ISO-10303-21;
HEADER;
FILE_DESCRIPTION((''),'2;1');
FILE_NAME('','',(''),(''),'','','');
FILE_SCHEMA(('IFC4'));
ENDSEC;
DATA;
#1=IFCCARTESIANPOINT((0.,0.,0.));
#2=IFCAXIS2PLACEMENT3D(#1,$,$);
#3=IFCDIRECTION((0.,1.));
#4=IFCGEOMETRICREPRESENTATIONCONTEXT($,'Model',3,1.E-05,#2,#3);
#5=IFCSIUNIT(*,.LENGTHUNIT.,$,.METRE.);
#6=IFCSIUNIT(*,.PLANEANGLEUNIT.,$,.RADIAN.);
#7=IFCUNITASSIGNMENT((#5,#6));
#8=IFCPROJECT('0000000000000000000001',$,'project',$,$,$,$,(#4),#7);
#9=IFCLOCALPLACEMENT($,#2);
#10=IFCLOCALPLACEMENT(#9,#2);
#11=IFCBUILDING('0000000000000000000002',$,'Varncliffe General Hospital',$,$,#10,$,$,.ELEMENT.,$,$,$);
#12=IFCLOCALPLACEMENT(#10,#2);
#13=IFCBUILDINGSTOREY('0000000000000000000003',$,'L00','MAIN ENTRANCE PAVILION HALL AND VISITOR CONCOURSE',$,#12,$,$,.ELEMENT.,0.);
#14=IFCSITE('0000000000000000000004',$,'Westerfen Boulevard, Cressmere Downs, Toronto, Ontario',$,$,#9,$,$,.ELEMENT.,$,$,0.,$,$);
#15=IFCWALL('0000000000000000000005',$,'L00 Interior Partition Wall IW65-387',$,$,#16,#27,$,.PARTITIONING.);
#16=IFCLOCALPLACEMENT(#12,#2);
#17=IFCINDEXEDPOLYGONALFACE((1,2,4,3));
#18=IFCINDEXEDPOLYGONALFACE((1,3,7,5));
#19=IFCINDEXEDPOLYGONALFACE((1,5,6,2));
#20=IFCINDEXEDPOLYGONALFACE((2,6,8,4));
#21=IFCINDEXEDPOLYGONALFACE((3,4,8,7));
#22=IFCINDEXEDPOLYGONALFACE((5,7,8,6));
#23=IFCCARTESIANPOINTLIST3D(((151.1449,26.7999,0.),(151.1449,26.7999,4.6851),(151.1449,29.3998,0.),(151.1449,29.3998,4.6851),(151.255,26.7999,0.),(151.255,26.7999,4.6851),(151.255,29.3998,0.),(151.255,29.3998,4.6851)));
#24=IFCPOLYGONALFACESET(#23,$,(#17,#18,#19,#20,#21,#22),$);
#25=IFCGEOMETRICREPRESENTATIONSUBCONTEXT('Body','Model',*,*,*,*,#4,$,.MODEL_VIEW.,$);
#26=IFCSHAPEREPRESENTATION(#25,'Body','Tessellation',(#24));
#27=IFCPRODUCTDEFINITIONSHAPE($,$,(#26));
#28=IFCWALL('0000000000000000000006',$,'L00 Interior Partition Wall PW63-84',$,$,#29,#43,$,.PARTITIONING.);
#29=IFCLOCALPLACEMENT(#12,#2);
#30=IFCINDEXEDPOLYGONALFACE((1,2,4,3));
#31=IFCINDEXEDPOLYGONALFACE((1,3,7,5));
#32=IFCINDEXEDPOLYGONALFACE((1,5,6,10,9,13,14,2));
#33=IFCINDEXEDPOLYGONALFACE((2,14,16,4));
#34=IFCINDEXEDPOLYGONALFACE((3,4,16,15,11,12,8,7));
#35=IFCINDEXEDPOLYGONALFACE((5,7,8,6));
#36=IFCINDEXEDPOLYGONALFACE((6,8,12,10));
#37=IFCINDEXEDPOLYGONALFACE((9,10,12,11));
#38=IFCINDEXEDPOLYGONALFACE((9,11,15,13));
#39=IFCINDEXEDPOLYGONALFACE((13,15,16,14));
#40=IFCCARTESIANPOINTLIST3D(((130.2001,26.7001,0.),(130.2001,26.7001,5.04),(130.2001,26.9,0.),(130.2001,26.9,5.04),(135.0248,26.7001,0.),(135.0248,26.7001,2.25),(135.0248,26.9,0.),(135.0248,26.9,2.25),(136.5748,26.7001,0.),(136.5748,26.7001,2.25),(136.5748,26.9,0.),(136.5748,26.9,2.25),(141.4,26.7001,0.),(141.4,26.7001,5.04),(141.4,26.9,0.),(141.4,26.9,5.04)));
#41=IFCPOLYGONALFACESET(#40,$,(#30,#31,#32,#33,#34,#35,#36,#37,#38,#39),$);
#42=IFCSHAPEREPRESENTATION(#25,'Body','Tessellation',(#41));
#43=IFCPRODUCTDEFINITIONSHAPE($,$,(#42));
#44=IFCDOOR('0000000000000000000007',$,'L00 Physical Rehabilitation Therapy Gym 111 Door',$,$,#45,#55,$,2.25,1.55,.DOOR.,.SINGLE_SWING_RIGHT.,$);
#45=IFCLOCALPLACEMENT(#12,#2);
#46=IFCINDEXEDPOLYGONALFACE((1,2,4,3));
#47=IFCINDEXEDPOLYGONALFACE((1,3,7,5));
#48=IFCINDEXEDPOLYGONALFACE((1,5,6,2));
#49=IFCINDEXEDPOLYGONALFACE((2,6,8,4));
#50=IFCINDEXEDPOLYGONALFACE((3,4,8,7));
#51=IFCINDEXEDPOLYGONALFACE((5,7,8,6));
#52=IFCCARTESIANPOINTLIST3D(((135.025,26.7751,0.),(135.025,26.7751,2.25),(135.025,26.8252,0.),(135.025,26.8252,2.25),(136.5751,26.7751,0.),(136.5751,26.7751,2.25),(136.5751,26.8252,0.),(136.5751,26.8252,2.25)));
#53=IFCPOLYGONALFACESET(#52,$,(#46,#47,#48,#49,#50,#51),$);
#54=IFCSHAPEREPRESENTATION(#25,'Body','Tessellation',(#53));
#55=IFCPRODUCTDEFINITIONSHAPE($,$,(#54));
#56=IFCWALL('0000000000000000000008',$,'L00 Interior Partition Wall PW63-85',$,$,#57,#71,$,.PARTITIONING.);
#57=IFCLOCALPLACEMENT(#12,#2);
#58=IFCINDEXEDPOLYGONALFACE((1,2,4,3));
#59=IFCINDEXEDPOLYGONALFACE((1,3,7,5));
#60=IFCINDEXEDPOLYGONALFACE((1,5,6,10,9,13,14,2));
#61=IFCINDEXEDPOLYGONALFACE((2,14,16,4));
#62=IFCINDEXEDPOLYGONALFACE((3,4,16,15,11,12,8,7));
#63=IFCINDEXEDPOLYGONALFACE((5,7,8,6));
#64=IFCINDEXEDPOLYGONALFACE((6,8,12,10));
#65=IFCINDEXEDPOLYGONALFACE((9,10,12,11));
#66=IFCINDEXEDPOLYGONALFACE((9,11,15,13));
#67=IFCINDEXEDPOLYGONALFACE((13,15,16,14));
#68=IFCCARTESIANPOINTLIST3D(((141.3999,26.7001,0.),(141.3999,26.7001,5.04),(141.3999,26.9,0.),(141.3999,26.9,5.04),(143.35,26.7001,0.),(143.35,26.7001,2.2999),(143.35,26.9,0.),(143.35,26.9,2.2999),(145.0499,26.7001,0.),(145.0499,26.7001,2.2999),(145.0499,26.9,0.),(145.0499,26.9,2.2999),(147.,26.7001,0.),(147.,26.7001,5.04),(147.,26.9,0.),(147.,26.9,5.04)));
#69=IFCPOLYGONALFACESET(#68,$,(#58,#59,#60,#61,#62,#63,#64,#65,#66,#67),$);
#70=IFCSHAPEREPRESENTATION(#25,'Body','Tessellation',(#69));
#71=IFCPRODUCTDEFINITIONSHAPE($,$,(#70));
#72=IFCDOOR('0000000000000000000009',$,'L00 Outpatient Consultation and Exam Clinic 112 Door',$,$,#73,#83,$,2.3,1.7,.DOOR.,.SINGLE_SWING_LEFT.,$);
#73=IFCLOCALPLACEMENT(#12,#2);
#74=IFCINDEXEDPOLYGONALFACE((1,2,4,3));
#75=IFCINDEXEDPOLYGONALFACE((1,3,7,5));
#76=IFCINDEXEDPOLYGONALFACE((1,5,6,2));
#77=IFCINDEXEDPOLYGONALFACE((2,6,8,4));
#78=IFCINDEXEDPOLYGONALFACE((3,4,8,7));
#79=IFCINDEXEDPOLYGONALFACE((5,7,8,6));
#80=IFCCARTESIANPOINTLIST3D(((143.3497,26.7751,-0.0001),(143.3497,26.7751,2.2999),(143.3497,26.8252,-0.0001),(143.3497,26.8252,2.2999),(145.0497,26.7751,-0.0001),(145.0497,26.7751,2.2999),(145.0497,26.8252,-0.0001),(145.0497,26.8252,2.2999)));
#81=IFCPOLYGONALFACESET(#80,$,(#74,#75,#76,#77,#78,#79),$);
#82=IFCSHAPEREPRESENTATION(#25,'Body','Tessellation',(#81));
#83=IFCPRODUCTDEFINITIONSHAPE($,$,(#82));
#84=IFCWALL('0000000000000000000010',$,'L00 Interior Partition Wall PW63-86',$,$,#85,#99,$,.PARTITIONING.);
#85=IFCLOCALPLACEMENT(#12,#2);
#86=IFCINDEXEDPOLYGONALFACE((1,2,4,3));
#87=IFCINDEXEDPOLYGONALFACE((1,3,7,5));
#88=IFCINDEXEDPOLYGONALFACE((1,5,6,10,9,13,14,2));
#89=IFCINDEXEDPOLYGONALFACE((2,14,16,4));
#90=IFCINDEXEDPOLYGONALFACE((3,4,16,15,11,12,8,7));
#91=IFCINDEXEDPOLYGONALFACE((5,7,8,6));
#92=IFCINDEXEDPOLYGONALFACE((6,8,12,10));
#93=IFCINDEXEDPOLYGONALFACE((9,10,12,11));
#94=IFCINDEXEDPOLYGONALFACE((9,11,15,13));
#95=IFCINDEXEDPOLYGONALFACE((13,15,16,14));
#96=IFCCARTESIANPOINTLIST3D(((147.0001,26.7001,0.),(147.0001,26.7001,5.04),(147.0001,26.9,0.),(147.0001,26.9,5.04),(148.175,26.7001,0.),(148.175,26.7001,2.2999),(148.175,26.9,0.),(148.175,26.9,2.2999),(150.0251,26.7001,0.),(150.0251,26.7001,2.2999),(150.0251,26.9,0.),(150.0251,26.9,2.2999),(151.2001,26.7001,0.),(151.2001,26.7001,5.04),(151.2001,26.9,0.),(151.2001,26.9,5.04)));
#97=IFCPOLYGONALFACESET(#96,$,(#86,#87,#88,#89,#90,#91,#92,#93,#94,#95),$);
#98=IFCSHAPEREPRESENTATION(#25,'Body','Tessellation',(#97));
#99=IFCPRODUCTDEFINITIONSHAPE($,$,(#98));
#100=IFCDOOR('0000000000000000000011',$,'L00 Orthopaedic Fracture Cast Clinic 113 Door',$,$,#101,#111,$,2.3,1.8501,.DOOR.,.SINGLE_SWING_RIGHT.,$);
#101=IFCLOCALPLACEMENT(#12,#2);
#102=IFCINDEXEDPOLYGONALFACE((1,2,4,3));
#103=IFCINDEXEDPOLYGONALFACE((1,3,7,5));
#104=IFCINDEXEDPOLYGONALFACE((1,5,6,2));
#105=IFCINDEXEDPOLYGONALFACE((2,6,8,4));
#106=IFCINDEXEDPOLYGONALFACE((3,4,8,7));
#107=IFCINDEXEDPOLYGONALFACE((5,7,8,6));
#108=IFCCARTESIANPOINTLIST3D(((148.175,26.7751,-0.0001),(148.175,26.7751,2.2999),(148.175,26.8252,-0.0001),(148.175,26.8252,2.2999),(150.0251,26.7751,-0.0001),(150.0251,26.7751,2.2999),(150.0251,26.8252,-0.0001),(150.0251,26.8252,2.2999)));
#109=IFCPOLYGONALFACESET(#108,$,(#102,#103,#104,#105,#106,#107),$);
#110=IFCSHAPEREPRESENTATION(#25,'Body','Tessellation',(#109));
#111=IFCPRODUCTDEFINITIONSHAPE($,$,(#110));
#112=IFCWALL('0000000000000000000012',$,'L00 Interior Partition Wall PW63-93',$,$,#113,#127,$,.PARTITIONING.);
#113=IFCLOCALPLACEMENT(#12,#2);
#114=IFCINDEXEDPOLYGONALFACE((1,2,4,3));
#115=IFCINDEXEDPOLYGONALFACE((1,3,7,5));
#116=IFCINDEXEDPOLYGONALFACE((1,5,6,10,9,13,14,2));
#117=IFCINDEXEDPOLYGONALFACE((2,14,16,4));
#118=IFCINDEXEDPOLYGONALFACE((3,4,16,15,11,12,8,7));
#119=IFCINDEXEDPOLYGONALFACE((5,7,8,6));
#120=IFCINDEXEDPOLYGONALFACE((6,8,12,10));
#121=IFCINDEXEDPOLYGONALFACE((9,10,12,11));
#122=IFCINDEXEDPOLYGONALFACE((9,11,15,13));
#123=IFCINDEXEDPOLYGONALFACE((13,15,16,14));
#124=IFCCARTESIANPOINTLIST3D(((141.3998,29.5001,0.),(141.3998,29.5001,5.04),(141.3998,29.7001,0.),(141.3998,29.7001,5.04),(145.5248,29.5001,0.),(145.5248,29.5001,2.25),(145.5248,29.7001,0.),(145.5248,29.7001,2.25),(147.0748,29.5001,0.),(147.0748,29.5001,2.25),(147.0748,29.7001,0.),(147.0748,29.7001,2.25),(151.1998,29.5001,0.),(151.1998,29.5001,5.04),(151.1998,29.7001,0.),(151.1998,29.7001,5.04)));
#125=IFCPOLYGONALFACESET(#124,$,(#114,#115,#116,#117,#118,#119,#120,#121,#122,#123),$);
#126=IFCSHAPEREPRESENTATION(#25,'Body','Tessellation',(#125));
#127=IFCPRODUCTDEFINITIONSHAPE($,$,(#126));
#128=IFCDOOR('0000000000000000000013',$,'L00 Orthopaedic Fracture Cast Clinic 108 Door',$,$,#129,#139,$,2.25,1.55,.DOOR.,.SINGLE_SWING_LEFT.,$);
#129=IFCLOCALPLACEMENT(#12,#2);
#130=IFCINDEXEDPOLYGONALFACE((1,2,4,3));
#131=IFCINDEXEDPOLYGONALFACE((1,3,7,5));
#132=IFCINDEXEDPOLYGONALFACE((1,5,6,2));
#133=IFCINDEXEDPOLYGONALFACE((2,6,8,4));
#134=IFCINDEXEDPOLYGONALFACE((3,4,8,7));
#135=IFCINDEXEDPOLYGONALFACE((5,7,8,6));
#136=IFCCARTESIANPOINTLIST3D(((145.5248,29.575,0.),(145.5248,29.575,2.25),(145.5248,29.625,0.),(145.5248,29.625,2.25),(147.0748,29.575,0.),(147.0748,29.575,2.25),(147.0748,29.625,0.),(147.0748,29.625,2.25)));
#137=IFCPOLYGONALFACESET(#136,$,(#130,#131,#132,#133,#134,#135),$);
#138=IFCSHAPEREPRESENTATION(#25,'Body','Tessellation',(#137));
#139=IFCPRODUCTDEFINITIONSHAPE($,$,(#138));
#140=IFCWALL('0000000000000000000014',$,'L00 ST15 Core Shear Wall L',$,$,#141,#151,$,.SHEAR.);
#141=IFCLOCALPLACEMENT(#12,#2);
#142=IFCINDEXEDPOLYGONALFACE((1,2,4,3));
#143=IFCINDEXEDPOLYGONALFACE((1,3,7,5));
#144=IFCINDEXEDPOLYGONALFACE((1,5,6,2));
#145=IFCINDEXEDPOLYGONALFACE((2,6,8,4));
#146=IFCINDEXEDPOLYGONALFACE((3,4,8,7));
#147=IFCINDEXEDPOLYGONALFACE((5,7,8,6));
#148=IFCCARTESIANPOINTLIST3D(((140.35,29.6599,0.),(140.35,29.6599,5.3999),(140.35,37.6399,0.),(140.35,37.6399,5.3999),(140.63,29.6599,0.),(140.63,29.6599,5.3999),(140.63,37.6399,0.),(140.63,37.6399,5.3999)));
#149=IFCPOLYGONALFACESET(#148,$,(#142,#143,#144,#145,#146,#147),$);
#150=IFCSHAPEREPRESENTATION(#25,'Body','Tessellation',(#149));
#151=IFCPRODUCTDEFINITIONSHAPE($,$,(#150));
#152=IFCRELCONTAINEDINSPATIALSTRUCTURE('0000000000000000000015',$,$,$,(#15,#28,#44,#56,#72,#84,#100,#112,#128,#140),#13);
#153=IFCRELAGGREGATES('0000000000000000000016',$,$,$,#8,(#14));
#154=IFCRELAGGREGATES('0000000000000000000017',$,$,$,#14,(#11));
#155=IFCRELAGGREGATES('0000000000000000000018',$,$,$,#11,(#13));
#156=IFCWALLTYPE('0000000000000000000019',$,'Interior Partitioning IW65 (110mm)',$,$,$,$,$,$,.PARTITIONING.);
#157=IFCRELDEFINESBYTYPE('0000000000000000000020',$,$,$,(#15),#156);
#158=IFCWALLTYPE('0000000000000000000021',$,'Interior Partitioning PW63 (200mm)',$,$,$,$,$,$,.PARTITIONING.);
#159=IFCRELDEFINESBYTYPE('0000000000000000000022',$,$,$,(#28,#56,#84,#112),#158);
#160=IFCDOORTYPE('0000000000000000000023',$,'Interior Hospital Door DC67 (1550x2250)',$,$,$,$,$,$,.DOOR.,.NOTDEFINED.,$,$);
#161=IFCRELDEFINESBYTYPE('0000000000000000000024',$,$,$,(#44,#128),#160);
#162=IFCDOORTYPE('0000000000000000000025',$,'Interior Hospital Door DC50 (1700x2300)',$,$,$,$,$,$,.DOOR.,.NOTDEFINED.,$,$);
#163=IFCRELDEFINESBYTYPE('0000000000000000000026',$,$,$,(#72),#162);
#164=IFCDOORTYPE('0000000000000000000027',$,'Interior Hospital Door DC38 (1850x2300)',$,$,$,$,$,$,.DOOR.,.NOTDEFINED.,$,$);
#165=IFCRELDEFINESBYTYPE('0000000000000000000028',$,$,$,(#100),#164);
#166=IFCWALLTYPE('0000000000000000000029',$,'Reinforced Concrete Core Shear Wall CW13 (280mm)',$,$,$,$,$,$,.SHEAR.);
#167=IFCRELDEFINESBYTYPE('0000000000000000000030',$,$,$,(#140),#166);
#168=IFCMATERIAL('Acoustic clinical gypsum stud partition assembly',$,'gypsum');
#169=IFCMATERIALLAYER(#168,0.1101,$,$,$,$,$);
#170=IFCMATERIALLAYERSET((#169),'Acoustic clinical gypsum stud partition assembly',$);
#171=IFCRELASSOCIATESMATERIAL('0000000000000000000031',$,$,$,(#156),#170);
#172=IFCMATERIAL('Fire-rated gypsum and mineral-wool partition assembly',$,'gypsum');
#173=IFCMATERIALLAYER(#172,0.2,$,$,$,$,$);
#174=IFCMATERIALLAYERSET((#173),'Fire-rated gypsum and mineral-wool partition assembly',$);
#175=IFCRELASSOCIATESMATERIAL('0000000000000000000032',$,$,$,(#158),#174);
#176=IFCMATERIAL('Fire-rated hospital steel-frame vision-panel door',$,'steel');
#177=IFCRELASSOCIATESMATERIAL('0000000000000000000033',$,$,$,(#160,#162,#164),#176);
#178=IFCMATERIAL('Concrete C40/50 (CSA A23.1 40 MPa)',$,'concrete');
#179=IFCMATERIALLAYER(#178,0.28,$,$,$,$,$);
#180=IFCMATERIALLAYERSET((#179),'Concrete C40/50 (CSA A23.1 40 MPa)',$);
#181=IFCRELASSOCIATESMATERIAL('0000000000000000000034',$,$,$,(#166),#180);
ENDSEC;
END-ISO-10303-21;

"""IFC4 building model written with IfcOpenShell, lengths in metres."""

from ifc_helpers import new_model, si_unit, direction, frame, frame_2d, origin, place, context, subcontext, project, spatial, rectangle, extrude, material, layer, layer_set, type_object, element, fill, save


model = new_model("IFC4")

# Units and contexts
model_context = context("Model", 3, precision=1e-05, world=origin(), true_north=direction((0.0, 1.0)))
body_context = subcontext(model_context, "Body", "Model", "MODEL_VIEW")
ifc_project = project(units=[si_unit("LENGTHUNIT", "METRE"), si_unit("PLANEANGLEUNIT", "RADIAN")], contexts=[model_context])

# Site, building, storey
site_placement = place(None, origin())
site = spatial("IfcSite", under=ifc_project, at=site_placement, Name="Westerfen Boulevard, Cressmere Downs, Toronto, Ontario", CompositionType="ELEMENT", RefElevation=0.0)
building_placement = place(site_placement, origin())
building = spatial("IfcBuilding", under=site, at=building_placement, Name="Varncliffe General Hospital", CompositionType="ELEMENT")
storey_placement = place(building_placement, origin())
storey = spatial("IfcBuildingStorey", under=building, at=storey_placement, Name="L00", Description="MAIN ENTRANCE PAVILION HALL AND VISITOR CONCOURSE", CompositionType="ELEMENT", Elevation=0.0)

# Shared definitions
ifc_material_1 = material(Name="Concrete C40/50 (CSA A23.1 40 MPa)", Category="concrete")

# Wall
ifc_material_2 = material(Name="Acoustic clinical gypsum stud partition assembly", Category="gypsum")
ifc_layer_1 = layer(ifc_material_2, 0.1101)
ifc_layer_set_1 = layer_set([ifc_layer_1], Name="Acoustic clinical gypsum stud partition assembly")
wall_type_1 = type_object("IfcWallType", Name="Interior Partitioning IW65 (110mm)", PredefinedType="PARTITIONING", material=ifc_layer_set_1)
wall_1_placement = place(storey_placement, frame((151.2, 26.8, 0.0), z_axis=(0.0, 0.0, 1.0), x_axis=(0.0, 1.0, 0.0)))
element("IfcWall", 1, at=wall_1_placement, inside=storey, type_object=wall_type_1, Name="L00 Interior Partition Wall IW65-387", PredefinedType="PARTITIONING", context=body_context, shape_type="SweptSolid", body=[
    extrude(rectangle(XDim=2.5999, YDim=0.1101, at=frame_2d((1.2998, 0.0))), origin(), (0.0, 0.0, 1.0), 4.6851),
])

# Walls, openings, doors
ifc_material_3 = material(Name="Fire-rated gypsum and mineral-wool partition assembly", Category="gypsum")
ifc_layer_2 = layer(ifc_material_3, 0.2)
ifc_layer_set_2 = layer_set([ifc_layer_2], Name="Fire-rated gypsum and mineral-wool partition assembly")
wall_type_2 = type_object("IfcWallType", Name="Interior Partitioning PW63 (200mm)", PredefinedType="PARTITIONING", material=ifc_layer_set_2)
wall_2_placement = place(storey_placement, frame((130.2, 26.8, 0.0), z_axis=(0.0, 0.0, 1.0), x_axis=(1.0, 0.0, 0.0)))
wall_2 = element("IfcWall", 2, at=wall_2_placement, inside=storey, type_object=wall_type_2, Name="L00 Interior Partition Wall PW63-84", PredefinedType="PARTITIONING", context=body_context, shape_type="SweptSolid", body=[
    extrude(rectangle(XDim=11.2, YDim=0.2, at=frame_2d((5.6001, 0.0))), origin(), (0.0, 0.0, 1.0), 5.04),
])
opening_1_placement = place(wall_2_placement, frame((4.825, 0.0, 0.0)))
opening_1 = element("IfcOpeningElement", 3, at=opening_1_placement, cuts=wall_2, PredefinedType="OPENING", context=body_context, shape_type="SweptSolid", body=[
    extrude(rectangle(XDim=1.55, YDim=2.25, at=frame_2d((0.7749, 1.125))), frame((0.0, 0.1099, 0.0), z_axis=(0.0, -1.0, 0.0), x_axis=(1.0, 0.0, 0.0)), (0.0, 0.0, 1.0), 0.22),
])
ifc_material_4 = material(Name="Fire-rated hospital steel-frame vision-panel door", Category="steel")
door_type_1 = type_object("IfcDoorType", Name="Interior Hospital Door DC67 (1550x2250)", OperationType="NOTDEFINED", PredefinedType="DOOR", material=ifc_material_4)
door_1_placement = place(opening_1_placement, frame((1.55, 0.0, 0.0), z_axis=(0.0, 0.0, 1.0), x_axis=(-1.0, 0.0, 0.0)))
door_1 = element("IfcDoor", 4, at=door_1_placement, inside=storey, type_object=door_type_1, Name="L00 Physical Rehabilitation Therapy Gym 111 Door", OperationType="SINGLE_SWING_RIGHT", OverallHeight=2.25, OverallWidth=1.55, PredefinedType="DOOR", context=body_context, shape_type="SweptSolid", body=[
    extrude(rectangle(XDim=1.55, YDim=2.25, at=frame_2d((0.7749, 1.125))), frame((0.0, 0.0249, 0.0), z_axis=(0.0, -1.0, 0.0), x_axis=(1.0, 0.0, 0.0)), (0.0, 0.0, 1.0), 0.05),
])
fill(opening_1, door_1)
wall_3_placement = place(storey_placement, frame((141.3999, 26.8, 0.0), z_axis=(0.0, 0.0, 1.0), x_axis=(1.0, 0.0, 0.0)))
wall_3 = element("IfcWall", 5, at=wall_3_placement, inside=storey, type_object=wall_type_2, Name="L00 Interior Partition Wall PW63-85", PredefinedType="PARTITIONING", context=body_context, shape_type="SweptSolid", body=[
    extrude(rectangle(XDim=5.6001, YDim=0.2, at=frame_2d((2.8, 0.0))), origin(), (0.0, 0.0, 1.0), 5.04),
])
opening_2_placement = place(wall_3_placement, frame((1.95, 0.0, 0.0)))
opening_2 = element("IfcOpeningElement", 6, at=opening_2_placement, cuts=wall_3, PredefinedType="OPENING", context=body_context, shape_type="SweptSolid", body=[
    extrude(rectangle(XDim=1.7, YDim=2.3, at=frame_2d((0.8501, 1.1499))), frame((0.0, 0.1099, 0.0), z_axis=(0.0, -1.0, 0.0), x_axis=(1.0, 0.0, 0.0)), (0.0, 0.0, 1.0), 0.22),
])
door_type_2 = type_object("IfcDoorType", Name="Interior Hospital Door DC50 (1700x2300)", OperationType="NOTDEFINED", PredefinedType="DOOR", material=ifc_material_4)
door_2_placement = place(opening_2_placement, frame((1.7, 0.0, 0.0), z_axis=(0.0, 0.0, 1.0), x_axis=(-1.0, 0.0, 0.0)))
door_2 = element("IfcDoor", 7, at=door_2_placement, inside=storey, type_object=door_type_2, Name="L00 Outpatient Consultation and Exam Clinic 112 Door", OperationType="SINGLE_SWING_LEFT", OverallHeight=2.3, OverallWidth=1.7, PredefinedType="DOOR", context=body_context, shape_type="SweptSolid", body=[
    extrude(rectangle(XDim=1.7, YDim=2.3, at=frame_2d((0.8501, 1.1499))), frame((0.0, 0.0249, 0.0), z_axis=(0.0, -1.0, 0.0), x_axis=(1.0, 0.0, 0.0)), (0.0, 0.0, 1.0), 0.05),
])
fill(opening_2, door_2)
wall_4_placement = place(storey_placement, frame((147.0, 26.8, 0.0), z_axis=(0.0, 0.0, 1.0), x_axis=(1.0, 0.0, 0.0)))
wall_4 = element("IfcWall", 8, at=wall_4_placement, inside=storey, type_object=wall_type_2, Name="L00 Interior Partition Wall PW63-86", PredefinedType="PARTITIONING", context=body_context, shape_type="SweptSolid", body=[
    extrude(rectangle(XDim=4.2, YDim=0.2, at=frame_2d((2.1001, 0.0))), origin(), (0.0, 0.0, 1.0), 5.04),
])
opening_3_placement = place(wall_4_placement, frame((1.175, 0.0, 0.0)))
opening_3 = element("IfcOpeningElement", 9, at=opening_3_placement, cuts=wall_4, PredefinedType="OPENING", context=body_context, shape_type="SweptSolid", body=[
    extrude(rectangle(XDim=1.8501, YDim=2.3, at=frame_2d((0.925, 1.1499))), frame((0.0, 0.1099, 0.0), z_axis=(0.0, -1.0, 0.0), x_axis=(1.0, 0.0, 0.0)), (0.0, 0.0, 1.0), 0.22),
])
door_type_3 = type_object("IfcDoorType", Name="Interior Hospital Door DC38 (1850x2300)", OperationType="NOTDEFINED", PredefinedType="DOOR", material=ifc_material_4)
door_3_placement = place(opening_3_placement, frame((1.8501, 0.0, 0.0), z_axis=(0.0, 0.0, 1.0), x_axis=(-1.0, 0.0, 0.0)))
door_3 = element("IfcDoor", 10, at=door_3_placement, inside=storey, type_object=door_type_3, Name="L00 Orthopaedic Fracture Cast Clinic 113 Door", OperationType="SINGLE_SWING_RIGHT", OverallHeight=2.3, OverallWidth=1.8501, PredefinedType="DOOR", context=body_context, shape_type="SweptSolid", body=[
    extrude(rectangle(XDim=1.8501, YDim=2.3, at=frame_2d((0.925, 1.1499))), frame((0.0, 0.0249, 0.0), z_axis=(0.0, -1.0, 0.0), x_axis=(1.0, 0.0, 0.0)), (0.0, 0.0, 1.0), 0.05),
])
fill(opening_3, door_3)
wall_5_placement = place(storey_placement, frame((141.3999, 29.6001, 0.0), z_axis=(0.0, 0.0, 1.0), x_axis=(1.0, 0.0, 0.0)))
wall_5 = element("IfcWall", 11, at=wall_5_placement, inside=storey, type_object=wall_type_2, Name="L00 Interior Partition Wall PW63-93", PredefinedType="PARTITIONING", context=body_context, shape_type="SweptSolid", body=[
    extrude(rectangle(XDim=9.8, YDim=0.2, at=frame_2d((4.8999, 0.0))), origin(), (0.0, 0.0, 1.0), 5.04),
])
opening_4_placement = place(wall_5_placement, frame((4.125, 0.0, 0.0)))
opening_4 = element("IfcOpeningElement", 12, at=opening_4_placement, cuts=wall_5, PredefinedType="OPENING", context=body_context, shape_type="SweptSolid", body=[
    extrude(rectangle(XDim=1.55, YDim=2.25, at=frame_2d((0.7749, 1.125))), frame((0.0, 0.1099, 0.0), z_axis=(0.0, -1.0, 0.0), x_axis=(1.0, 0.0, 0.0)), (0.0, 0.0, 1.0), 0.22),
])
door_4_placement = place(opening_4_placement, origin())
door_4 = element("IfcDoor", 13, at=door_4_placement, inside=storey, type_object=door_type_1, Name="L00 Orthopaedic Fracture Cast Clinic 108 Door", OperationType="SINGLE_SWING_LEFT", OverallHeight=2.25, OverallWidth=1.55, PredefinedType="DOOR", context=body_context, shape_type="SweptSolid", body=[
    extrude(rectangle(XDim=1.55, YDim=2.25, at=frame_2d((0.7749, 1.125))), frame((0.0, 0.0249, 0.0), z_axis=(0.0, -1.0, 0.0), x_axis=(1.0, 0.0, 0.0)), (0.0, 0.0, 1.0), 0.05),
])
fill(opening_4, door_4)

# Wall
ifc_layer_3 = layer(ifc_material_1, 0.28)
ifc_layer_set_3 = layer_set([ifc_layer_3], Name="Concrete C40/50 (CSA A23.1 40 MPa)")
wall_type_3 = type_object("IfcWallType", Name="Reinforced Concrete Core Shear Wall CW13 (280mm)", PredefinedType="SHEAR", material=ifc_layer_set_3)
wall_6_placement = place(storey_placement, frame((140.49, 29.6599, 0.0), z_axis=(0.0, 0.0, 1.0), x_axis=(0.0, 1.0, 0.0)))
element("IfcWall", 14, at=wall_6_placement, inside=storey, type_object=wall_type_3, Name="L00 ST15 Core Shear Wall L", PredefinedType="SHEAR", context=body_context, shape_type="SweptSolid", body=[
    extrude(rectangle(XDim=7.98, YDim=0.28, at=frame_2d((3.99, 0.0))), origin(), (0.0, 0.0, 1.0), 5.3999),
])

save(model, "model.ifc")
